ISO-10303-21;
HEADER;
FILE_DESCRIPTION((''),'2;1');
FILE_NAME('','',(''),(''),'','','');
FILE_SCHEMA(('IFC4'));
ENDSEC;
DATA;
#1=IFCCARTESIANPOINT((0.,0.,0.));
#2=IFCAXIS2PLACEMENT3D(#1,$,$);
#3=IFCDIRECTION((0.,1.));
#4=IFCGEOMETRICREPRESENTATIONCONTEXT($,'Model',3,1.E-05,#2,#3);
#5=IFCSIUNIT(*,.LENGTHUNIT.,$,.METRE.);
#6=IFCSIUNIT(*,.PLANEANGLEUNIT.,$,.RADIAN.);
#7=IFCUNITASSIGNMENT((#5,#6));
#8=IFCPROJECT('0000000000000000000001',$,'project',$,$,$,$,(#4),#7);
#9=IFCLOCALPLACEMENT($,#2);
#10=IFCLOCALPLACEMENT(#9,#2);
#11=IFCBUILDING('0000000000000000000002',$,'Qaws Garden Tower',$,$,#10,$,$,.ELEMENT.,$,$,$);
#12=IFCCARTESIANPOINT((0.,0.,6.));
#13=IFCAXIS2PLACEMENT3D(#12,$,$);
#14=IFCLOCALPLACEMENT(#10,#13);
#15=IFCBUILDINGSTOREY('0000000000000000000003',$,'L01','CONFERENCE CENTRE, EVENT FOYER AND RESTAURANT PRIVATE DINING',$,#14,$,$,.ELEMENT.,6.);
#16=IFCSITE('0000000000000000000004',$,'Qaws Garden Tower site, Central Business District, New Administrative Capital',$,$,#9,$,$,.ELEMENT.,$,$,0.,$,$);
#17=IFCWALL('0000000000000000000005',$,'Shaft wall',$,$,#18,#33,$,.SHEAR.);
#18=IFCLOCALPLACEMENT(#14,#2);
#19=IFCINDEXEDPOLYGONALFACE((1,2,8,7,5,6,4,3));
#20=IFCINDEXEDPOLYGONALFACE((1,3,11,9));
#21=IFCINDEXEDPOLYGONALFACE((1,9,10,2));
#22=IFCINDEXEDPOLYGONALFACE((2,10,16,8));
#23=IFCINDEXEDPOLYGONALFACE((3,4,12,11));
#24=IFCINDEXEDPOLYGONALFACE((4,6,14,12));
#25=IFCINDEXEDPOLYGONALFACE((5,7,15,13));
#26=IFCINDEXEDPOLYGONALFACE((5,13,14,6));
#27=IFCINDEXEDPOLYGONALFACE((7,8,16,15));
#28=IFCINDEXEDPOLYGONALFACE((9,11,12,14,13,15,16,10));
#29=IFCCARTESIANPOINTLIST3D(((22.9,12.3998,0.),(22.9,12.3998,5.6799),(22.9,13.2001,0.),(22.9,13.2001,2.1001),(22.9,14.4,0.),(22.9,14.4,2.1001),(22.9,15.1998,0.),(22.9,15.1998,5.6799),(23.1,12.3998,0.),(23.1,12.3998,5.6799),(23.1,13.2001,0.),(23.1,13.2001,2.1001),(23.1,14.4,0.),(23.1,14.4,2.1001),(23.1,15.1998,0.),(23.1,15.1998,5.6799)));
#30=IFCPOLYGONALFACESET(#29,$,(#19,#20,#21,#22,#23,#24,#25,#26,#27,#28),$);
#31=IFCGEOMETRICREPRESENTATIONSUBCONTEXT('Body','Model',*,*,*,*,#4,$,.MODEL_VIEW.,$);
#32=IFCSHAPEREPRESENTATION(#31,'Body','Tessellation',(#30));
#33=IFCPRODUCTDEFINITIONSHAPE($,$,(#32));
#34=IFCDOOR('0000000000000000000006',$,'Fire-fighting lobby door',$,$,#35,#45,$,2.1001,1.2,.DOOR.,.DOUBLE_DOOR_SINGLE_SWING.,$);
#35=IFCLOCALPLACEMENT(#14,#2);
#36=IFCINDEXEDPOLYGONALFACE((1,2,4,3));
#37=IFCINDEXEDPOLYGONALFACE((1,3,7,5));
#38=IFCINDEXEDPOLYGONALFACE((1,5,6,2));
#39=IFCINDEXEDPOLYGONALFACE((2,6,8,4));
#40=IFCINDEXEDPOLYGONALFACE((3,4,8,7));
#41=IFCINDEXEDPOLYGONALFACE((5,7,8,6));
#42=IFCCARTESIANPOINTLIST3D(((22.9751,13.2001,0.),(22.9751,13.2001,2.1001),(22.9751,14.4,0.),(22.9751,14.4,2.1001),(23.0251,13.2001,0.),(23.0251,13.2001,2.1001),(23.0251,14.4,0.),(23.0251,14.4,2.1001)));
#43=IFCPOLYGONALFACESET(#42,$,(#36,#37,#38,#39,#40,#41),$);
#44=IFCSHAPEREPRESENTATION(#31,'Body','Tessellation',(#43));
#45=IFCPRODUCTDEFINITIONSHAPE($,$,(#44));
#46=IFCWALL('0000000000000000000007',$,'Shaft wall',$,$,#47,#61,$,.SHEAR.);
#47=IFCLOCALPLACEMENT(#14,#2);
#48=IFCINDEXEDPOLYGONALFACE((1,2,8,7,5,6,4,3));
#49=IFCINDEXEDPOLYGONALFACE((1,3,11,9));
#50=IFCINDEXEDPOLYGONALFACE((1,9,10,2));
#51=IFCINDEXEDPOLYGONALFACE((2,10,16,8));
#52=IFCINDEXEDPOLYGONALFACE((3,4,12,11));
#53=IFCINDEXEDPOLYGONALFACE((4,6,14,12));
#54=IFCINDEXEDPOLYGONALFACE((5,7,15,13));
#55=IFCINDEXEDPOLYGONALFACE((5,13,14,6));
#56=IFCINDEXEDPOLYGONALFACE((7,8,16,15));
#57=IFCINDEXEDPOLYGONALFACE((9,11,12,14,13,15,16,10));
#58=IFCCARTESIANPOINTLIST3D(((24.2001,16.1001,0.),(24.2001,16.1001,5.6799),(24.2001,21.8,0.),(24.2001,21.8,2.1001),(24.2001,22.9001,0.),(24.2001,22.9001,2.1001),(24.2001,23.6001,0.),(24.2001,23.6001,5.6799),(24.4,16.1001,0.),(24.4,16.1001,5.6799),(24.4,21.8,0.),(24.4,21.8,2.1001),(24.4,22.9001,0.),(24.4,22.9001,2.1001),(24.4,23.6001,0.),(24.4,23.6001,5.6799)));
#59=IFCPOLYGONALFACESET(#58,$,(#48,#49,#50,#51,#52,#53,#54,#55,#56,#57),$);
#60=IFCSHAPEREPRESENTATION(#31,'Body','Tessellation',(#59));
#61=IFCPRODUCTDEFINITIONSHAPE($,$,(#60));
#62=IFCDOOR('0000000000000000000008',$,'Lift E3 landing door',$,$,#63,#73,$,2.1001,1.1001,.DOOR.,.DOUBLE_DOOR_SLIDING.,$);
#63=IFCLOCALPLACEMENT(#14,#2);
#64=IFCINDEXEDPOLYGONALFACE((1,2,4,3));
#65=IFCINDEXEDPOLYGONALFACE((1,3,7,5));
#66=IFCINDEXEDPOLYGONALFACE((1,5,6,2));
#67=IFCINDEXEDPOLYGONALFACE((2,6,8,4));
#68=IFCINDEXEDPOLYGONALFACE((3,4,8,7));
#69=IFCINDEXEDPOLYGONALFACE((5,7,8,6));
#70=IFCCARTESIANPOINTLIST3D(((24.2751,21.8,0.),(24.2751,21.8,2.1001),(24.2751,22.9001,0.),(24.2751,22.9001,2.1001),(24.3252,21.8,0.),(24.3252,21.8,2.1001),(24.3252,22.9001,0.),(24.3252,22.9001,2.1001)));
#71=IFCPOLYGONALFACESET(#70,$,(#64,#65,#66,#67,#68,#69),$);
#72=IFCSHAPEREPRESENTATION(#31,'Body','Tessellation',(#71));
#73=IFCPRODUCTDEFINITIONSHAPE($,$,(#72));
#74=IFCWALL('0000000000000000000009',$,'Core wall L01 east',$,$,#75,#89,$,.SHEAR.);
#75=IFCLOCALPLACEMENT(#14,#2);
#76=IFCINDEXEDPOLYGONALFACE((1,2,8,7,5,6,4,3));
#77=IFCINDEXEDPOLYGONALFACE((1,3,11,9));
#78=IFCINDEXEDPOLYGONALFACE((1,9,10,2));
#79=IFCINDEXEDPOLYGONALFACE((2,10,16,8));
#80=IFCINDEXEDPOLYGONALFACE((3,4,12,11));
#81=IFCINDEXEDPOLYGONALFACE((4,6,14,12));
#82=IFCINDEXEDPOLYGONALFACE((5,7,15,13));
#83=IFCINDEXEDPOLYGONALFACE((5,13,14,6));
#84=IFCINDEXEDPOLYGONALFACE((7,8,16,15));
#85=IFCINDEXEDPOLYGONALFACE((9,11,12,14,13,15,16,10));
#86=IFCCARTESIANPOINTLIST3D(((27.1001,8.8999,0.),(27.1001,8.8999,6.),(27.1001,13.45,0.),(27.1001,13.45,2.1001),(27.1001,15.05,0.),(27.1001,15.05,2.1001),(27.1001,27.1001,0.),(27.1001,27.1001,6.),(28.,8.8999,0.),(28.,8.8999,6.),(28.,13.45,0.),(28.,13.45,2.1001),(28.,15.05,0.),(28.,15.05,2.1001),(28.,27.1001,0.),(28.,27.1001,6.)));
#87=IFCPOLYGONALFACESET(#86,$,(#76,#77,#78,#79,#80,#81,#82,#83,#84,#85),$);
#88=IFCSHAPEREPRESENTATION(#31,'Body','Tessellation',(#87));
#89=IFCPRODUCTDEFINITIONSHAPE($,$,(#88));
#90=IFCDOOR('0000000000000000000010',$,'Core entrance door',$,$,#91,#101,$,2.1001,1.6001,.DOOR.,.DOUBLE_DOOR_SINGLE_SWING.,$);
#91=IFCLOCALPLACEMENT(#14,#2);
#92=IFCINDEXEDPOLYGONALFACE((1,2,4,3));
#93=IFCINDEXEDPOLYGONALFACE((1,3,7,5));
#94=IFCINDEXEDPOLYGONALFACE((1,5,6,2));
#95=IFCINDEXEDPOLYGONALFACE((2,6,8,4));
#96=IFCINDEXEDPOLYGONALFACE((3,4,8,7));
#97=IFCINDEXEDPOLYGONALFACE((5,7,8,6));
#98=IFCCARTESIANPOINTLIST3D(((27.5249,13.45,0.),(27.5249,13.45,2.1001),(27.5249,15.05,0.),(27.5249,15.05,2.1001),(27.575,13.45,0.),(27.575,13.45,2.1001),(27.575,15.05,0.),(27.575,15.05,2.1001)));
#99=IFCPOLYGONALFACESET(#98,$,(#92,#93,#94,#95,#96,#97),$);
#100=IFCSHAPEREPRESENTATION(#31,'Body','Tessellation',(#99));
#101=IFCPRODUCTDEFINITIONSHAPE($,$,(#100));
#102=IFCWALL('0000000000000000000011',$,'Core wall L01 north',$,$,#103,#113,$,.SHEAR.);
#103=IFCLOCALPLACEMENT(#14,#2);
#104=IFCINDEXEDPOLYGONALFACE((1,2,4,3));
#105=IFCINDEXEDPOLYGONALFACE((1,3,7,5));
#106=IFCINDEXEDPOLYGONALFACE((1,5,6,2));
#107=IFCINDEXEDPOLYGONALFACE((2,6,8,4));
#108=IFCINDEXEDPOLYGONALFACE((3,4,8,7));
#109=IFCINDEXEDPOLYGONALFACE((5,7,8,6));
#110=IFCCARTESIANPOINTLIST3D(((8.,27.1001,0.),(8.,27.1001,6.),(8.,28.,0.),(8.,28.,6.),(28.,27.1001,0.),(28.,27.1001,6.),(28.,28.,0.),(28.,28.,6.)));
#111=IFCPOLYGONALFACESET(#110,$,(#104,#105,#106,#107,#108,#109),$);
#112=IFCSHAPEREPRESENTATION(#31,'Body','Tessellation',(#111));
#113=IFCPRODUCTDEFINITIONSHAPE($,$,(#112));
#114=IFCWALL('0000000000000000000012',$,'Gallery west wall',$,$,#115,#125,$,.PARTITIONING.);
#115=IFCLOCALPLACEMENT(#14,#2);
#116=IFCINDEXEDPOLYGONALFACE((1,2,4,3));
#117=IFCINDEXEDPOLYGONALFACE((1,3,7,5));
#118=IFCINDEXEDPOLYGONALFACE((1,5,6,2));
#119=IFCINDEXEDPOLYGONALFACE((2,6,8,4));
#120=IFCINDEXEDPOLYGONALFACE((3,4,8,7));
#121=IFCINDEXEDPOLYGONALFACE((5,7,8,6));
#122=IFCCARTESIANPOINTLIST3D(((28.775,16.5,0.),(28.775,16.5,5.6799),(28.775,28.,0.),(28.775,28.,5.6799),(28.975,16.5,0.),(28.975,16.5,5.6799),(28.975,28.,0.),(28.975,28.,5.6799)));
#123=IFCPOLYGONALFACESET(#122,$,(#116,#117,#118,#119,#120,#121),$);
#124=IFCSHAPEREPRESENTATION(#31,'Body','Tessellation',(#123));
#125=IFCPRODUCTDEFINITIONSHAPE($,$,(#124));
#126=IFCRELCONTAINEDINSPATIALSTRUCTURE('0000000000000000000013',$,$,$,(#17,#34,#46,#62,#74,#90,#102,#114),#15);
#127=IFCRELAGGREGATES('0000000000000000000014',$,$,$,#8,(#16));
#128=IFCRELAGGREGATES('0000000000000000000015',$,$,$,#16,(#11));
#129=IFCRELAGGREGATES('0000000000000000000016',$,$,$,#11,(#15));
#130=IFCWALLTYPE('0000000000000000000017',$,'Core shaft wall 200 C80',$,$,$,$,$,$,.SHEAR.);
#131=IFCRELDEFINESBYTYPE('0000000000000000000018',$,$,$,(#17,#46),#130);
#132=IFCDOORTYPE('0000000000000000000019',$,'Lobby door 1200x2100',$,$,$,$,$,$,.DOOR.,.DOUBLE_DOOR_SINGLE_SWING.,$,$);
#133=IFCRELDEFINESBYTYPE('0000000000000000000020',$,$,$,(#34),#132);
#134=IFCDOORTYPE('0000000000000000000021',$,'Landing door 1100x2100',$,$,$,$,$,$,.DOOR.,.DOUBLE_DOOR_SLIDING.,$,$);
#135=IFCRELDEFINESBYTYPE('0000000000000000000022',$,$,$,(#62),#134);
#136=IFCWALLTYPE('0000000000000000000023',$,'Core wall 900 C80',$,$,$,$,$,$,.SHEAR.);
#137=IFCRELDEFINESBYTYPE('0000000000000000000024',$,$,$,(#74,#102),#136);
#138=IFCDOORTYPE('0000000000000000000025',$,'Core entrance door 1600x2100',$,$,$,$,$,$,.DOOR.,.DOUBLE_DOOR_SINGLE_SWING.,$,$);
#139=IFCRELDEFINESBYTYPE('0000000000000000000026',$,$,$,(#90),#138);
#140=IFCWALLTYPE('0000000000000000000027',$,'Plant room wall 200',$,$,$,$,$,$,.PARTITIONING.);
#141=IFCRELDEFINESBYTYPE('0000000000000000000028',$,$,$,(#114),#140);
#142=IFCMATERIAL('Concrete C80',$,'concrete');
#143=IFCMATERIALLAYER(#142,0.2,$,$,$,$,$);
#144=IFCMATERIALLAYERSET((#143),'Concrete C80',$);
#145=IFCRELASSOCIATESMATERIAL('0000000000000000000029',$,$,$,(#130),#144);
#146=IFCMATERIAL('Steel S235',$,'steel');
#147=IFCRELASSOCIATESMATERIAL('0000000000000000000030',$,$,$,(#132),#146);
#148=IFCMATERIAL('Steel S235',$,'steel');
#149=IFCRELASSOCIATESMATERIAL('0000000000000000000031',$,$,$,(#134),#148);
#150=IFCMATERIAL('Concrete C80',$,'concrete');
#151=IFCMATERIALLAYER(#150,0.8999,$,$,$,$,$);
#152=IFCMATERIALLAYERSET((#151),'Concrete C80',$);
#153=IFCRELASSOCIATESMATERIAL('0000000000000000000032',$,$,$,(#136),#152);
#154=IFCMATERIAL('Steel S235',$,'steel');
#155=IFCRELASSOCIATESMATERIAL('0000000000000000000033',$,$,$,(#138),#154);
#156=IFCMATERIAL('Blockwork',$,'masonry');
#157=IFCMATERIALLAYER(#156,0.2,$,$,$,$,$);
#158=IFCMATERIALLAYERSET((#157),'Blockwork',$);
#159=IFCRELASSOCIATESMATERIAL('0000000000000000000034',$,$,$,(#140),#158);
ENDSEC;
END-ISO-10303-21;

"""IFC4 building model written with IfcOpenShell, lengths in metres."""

from ifc_helpers import new_model, si_unit, direction, frame, frame_2d, origin, place, context, subcontext, project, spatial, rectangle, extrude, material, layer, layer_set, type_object, element, fill, save


model = new_model("IFC4")

# Units and contexts
model_context = context("Model", 3, precision=1e-05, world=origin(), true_north=direction((0.0, 1.0)))
body_context = subcontext(model_context, "Body", "Model", "MODEL_VIEW")
ifc_project = project(units=[si_unit("LENGTHUNIT", "METRE"), si_unit("PLANEANGLEUNIT", "RADIAN")], contexts=[model_context])

# Site, building, storey
site_placement = place(None, origin())
site = spatial("IfcSite", under=ifc_project, at=site_placement, Name="Qaws Garden Tower site, Central Business District, New Administrative Capital", CompositionType="ELEMENT", RefElevation=0.0)
building_placement = place(site_placement, origin())
building = spatial("IfcBuilding", under=site, at=building_placement, Name="Qaws Garden Tower", CompositionType="ELEMENT")
storey_placement = place(building_placement, frame((0.0, 0.0, 6.0)))
storey = spatial("IfcBuildingStorey", under=building, at=storey_placement, Name="L01", Description="CONFERENCE CENTRE, EVENT FOYER AND RESTAURANT PRIVATE DINING", CompositionType="ELEMENT", Elevation=6.0)

# Shared definitions
ifc_material_1 = material(Name="Concrete C80", Category="concrete")
ifc_layer_1 = layer(ifc_material_1, 0.2)
ifc_layer_set_1 = layer_set([ifc_layer_1], Name="Concrete C80")
wall_type_1 = type_object("IfcWallType", Name="Core shaft wall 200 C80", PredefinedType="SHEAR", material=ifc_layer_set_1)

# Shared definitions
ifc_material_2 = material(Name="Steel S235", Category="steel")
door_type_1 = type_object("IfcDoorType", Name="Lobby door 1200x2100", OperationType="DOUBLE_DOOR_SINGLE_SWING", PredefinedType="DOOR", material=ifc_material_2)

# Walls, openings, doors
wall_1_placement = place(storey_placement, frame((23.0, 12.3999, 0.0), z_axis=(0.0, 0.0, 1.0), x_axis=(0.0, 1.0, 0.0)))
wall_1 = element("IfcWall", 1, at=wall_1_placement, inside=storey, type_object=wall_type_1, Name="Shaft wall", PredefinedType="SHEAR", context=body_context, shape_type="SweptSolid", body=[
    extrude(rectangle(XDim=2.8, YDim=0.2, at=frame_2d((1.3999, 0.0))), origin(), (0.0, 0.0, 1.0), 5.6799),
])
opening_1_placement = place(wall_1_placement, frame((0.8, 0.0, 0.0)))
opening_1 = element("IfcOpeningElement", 2, at=opening_1_placement, cuts=wall_1, PredefinedType="OPENING", context=body_context, shape_type="SweptSolid", body=[
    extrude(rectangle(XDim=1.2, YDim=2.1001, at=frame_2d((0.6001, 1.05))), frame((0.0, 0.1099, 0.0), z_axis=(0.0, -1.0, 0.0), x_axis=(1.0, 0.0, 0.0)), (0.0, 0.0, 1.0), 0.22),
])
door_1_placement = place(opening_1_placement, origin())
door_1 = element("IfcDoor", 3, at=door_1_placement, inside=storey, type_object=door_type_1, Name="Fire-fighting lobby door", OperationType="DOUBLE_DOOR_SINGLE_SWING", OverallHeight=2.1001, OverallWidth=1.2, PredefinedType="DOOR", context=body_context, shape_type="SweptSolid", body=[
    extrude(rectangle(XDim=1.2, YDim=2.1001, at=frame_2d((0.6001, 1.05))), frame((0.0, 0.0249, 0.0), z_axis=(0.0, -1.0, 0.0), x_axis=(1.0, 0.0, 0.0)), (0.0, 0.0, 1.0), 0.05),
])
fill(opening_1, door_1)
wall_2_placement = place(storey_placement, frame((24.3, 16.1001, 0.0), z_axis=(0.0, 0.0, 1.0), x_axis=(0.0, 1.0, 0.0)))
wall_2 = element("IfcWall", 4, at=wall_2_placement, inside=storey, type_object=wall_type_1, Name="Shaft wall", PredefinedType="SHEAR", context=body_context, shape_type="SweptSolid", body=[
    extrude(rectangle(XDim=7.5, YDim=0.2, at=frame_2d((3.75, 0.0))), origin(), (0.0, 0.0, 1.0), 5.6799),
])
opening_2_placement = place(wall_2_placement, frame((5.7, 0.0, 0.0)))
opening_2 = element("IfcOpeningElement", 5, at=opening_2_placement, cuts=wall_2, PredefinedType="OPENING", context=body_context, shape_type="SweptSolid", body=[
    extrude(rectangle(XDim=1.1001, YDim=2.1001, at=frame_2d((0.55, 1.05))), frame((0.0, 0.1099, 0.0), z_axis=(0.0, -1.0, 0.0), x_axis=(1.0, 0.0, 0.0)), (0.0, 0.0, 1.0), 0.22),
])
ifc_material_3 = material(Name="Steel S235", Category="steel")
door_type_2 = type_object("IfcDoorType", Name="Landing door 1100x2100", OperationType="DOUBLE_DOOR_SLIDING", PredefinedType="DOOR", material=ifc_material_3)
door_2_placement = place(opening_2_placement, origin())
door_2 = element("IfcDoor", 6, at=door_2_placement, inside=storey, type_object=door_type_2, Name="Lift E3 landing door", OperationType="DOUBLE_DOOR_SLIDING", OverallHeight=2.1001, OverallWidth=1.1001, PredefinedType="DOOR", context=body_context, shape_type="SweptSolid", body=[
    extrude(rectangle(XDim=1.1001, YDim=2.1001, at=frame_2d((0.55, 1.05))), frame((0.0, 0.0249, 0.0), z_axis=(0.0, -1.0, 0.0), x_axis=(1.0, 0.0, 0.0)), (0.0, 0.0, 1.0), 0.05),
])
fill(opening_2, door_2)
ifc_material_4 = material(Name="Concrete C80", Category="concrete")
ifc_layer_2 = layer(ifc_material_4, 0.8999)
ifc_layer_set_2 = layer_set([ifc_layer_2], Name="Concrete C80")
wall_type_2 = type_object("IfcWallType", Name="Core wall 900 C80", PredefinedType="SHEAR", material=ifc_layer_set_2)
wall_3_placement = place(storey_placement, frame((27.55, 8.8999, 0.0), z_axis=(0.0, 0.0, 1.0), x_axis=(0.0, 1.0, 0.0)))
wall_3 = element("IfcWall", 7, at=wall_3_placement, inside=storey, type_object=wall_type_2, Name="Core wall L01 east", PredefinedType="SHEAR", context=body_context, shape_type="SweptSolid", body=[
    extrude(rectangle(XDim=18.2002, YDim=0.8999, at=frame_2d((9.1001, 0.0))), origin(), (0.0, 0.0, 1.0), 6.0),
])
opening_3_placement = place(wall_3_placement, frame((4.55, 0.0, 0.0)))
opening_3 = element("IfcOpeningElement", 8, at=opening_3_placement, cuts=wall_3, PredefinedType="OPENING", context=body_context, shape_type="SweptSolid", body=[
    extrude(rectangle(XDim=1.6001, YDim=2.1001, at=frame_2d((0.8, 1.05))), frame((0.0, 0.46, 0.0), z_axis=(0.0, -1.0, 0.0), x_axis=(1.0, 0.0, 0.0)), (0.0, 0.0, 1.0), 0.9199),
])
ifc_material_5 = material(Name="Steel S235", Category="steel")
door_type_3 = type_object("IfcDoorType", Name="Core entrance door 1600x2100", OperationType="DOUBLE_DOOR_SINGLE_SWING", PredefinedType="DOOR", material=ifc_material_5)
door_3_placement = place(opening_3_placement, frame((1.6001, 0.0, 0.0), z_axis=(0.0, 0.0, 1.0), x_axis=(-1.0, 0.0, 0.0)))
door_3 = element("IfcDoor", 9, at=door_3_placement, inside=storey, type_object=door_type_3, Name="Core entrance door", OperationType="DOUBLE_DOOR_SINGLE_SWING", OverallHeight=2.1001, OverallWidth=1.6001, PredefinedType="DOOR", context=body_context, shape_type="SweptSolid", body=[
    extrude(rectangle(XDim=1.6001, YDim=2.1001, at=frame_2d((0.8, 1.05))), frame((0.0, 0.0249, 0.0), z_axis=(0.0, -1.0, 0.0), x_axis=(1.0, 0.0, 0.0)), (0.0, 0.0, 1.0), 0.05),
])
fill(opening_3, door_3)

# Walls
wall_4_placement = place(storey_placement, frame((28.0, 27.55, 0.0), z_axis=(0.0, 0.0, 1.0), x_axis=(-1.0, 0.0, 0.0)))
element("IfcWall", 10, at=wall_4_placement, inside=storey, type_object=wall_type_2, Name="Core wall L01 north", PredefinedType="SHEAR", context=body_context, shape_type="SweptSolid", body=[
    extrude(rectangle(XDim=20.0, YDim=0.8999, at=frame_2d((10.0, 0.0))), origin(), (0.0, 0.0, 1.0), 6.0),
])
ifc_material_6 = material(Name="Blockwork", Category="masonry")
ifc_layer_3 = layer(ifc_material_6, 0.2)
ifc_layer_set_3 = layer_set([ifc_layer_3], Name="Blockwork")
wall_type_3 = type_object("IfcWallType", Name="Plant room wall 200", PredefinedType="PARTITIONING", material=ifc_layer_set_3)
wall_5_placement = place(storey_placement, frame((28.875, 16.5, 0.0), z_axis=(0.0, 0.0, 1.0), x_axis=(0.0, 1.0, 0.0)))
element("IfcWall", 11, at=wall_5_placement, inside=storey, type_object=wall_type_3, Name="Gallery west wall", PredefinedType="PARTITIONING", context=body_context, shape_type="SweptSolid", body=[
    extrude(rectangle(XDim=11.5, YDim=0.2, at=frame_2d((5.75, 0.0))), origin(), (0.0, 0.0, 1.0), 5.6799),
])

save(model, "model.ifc")
